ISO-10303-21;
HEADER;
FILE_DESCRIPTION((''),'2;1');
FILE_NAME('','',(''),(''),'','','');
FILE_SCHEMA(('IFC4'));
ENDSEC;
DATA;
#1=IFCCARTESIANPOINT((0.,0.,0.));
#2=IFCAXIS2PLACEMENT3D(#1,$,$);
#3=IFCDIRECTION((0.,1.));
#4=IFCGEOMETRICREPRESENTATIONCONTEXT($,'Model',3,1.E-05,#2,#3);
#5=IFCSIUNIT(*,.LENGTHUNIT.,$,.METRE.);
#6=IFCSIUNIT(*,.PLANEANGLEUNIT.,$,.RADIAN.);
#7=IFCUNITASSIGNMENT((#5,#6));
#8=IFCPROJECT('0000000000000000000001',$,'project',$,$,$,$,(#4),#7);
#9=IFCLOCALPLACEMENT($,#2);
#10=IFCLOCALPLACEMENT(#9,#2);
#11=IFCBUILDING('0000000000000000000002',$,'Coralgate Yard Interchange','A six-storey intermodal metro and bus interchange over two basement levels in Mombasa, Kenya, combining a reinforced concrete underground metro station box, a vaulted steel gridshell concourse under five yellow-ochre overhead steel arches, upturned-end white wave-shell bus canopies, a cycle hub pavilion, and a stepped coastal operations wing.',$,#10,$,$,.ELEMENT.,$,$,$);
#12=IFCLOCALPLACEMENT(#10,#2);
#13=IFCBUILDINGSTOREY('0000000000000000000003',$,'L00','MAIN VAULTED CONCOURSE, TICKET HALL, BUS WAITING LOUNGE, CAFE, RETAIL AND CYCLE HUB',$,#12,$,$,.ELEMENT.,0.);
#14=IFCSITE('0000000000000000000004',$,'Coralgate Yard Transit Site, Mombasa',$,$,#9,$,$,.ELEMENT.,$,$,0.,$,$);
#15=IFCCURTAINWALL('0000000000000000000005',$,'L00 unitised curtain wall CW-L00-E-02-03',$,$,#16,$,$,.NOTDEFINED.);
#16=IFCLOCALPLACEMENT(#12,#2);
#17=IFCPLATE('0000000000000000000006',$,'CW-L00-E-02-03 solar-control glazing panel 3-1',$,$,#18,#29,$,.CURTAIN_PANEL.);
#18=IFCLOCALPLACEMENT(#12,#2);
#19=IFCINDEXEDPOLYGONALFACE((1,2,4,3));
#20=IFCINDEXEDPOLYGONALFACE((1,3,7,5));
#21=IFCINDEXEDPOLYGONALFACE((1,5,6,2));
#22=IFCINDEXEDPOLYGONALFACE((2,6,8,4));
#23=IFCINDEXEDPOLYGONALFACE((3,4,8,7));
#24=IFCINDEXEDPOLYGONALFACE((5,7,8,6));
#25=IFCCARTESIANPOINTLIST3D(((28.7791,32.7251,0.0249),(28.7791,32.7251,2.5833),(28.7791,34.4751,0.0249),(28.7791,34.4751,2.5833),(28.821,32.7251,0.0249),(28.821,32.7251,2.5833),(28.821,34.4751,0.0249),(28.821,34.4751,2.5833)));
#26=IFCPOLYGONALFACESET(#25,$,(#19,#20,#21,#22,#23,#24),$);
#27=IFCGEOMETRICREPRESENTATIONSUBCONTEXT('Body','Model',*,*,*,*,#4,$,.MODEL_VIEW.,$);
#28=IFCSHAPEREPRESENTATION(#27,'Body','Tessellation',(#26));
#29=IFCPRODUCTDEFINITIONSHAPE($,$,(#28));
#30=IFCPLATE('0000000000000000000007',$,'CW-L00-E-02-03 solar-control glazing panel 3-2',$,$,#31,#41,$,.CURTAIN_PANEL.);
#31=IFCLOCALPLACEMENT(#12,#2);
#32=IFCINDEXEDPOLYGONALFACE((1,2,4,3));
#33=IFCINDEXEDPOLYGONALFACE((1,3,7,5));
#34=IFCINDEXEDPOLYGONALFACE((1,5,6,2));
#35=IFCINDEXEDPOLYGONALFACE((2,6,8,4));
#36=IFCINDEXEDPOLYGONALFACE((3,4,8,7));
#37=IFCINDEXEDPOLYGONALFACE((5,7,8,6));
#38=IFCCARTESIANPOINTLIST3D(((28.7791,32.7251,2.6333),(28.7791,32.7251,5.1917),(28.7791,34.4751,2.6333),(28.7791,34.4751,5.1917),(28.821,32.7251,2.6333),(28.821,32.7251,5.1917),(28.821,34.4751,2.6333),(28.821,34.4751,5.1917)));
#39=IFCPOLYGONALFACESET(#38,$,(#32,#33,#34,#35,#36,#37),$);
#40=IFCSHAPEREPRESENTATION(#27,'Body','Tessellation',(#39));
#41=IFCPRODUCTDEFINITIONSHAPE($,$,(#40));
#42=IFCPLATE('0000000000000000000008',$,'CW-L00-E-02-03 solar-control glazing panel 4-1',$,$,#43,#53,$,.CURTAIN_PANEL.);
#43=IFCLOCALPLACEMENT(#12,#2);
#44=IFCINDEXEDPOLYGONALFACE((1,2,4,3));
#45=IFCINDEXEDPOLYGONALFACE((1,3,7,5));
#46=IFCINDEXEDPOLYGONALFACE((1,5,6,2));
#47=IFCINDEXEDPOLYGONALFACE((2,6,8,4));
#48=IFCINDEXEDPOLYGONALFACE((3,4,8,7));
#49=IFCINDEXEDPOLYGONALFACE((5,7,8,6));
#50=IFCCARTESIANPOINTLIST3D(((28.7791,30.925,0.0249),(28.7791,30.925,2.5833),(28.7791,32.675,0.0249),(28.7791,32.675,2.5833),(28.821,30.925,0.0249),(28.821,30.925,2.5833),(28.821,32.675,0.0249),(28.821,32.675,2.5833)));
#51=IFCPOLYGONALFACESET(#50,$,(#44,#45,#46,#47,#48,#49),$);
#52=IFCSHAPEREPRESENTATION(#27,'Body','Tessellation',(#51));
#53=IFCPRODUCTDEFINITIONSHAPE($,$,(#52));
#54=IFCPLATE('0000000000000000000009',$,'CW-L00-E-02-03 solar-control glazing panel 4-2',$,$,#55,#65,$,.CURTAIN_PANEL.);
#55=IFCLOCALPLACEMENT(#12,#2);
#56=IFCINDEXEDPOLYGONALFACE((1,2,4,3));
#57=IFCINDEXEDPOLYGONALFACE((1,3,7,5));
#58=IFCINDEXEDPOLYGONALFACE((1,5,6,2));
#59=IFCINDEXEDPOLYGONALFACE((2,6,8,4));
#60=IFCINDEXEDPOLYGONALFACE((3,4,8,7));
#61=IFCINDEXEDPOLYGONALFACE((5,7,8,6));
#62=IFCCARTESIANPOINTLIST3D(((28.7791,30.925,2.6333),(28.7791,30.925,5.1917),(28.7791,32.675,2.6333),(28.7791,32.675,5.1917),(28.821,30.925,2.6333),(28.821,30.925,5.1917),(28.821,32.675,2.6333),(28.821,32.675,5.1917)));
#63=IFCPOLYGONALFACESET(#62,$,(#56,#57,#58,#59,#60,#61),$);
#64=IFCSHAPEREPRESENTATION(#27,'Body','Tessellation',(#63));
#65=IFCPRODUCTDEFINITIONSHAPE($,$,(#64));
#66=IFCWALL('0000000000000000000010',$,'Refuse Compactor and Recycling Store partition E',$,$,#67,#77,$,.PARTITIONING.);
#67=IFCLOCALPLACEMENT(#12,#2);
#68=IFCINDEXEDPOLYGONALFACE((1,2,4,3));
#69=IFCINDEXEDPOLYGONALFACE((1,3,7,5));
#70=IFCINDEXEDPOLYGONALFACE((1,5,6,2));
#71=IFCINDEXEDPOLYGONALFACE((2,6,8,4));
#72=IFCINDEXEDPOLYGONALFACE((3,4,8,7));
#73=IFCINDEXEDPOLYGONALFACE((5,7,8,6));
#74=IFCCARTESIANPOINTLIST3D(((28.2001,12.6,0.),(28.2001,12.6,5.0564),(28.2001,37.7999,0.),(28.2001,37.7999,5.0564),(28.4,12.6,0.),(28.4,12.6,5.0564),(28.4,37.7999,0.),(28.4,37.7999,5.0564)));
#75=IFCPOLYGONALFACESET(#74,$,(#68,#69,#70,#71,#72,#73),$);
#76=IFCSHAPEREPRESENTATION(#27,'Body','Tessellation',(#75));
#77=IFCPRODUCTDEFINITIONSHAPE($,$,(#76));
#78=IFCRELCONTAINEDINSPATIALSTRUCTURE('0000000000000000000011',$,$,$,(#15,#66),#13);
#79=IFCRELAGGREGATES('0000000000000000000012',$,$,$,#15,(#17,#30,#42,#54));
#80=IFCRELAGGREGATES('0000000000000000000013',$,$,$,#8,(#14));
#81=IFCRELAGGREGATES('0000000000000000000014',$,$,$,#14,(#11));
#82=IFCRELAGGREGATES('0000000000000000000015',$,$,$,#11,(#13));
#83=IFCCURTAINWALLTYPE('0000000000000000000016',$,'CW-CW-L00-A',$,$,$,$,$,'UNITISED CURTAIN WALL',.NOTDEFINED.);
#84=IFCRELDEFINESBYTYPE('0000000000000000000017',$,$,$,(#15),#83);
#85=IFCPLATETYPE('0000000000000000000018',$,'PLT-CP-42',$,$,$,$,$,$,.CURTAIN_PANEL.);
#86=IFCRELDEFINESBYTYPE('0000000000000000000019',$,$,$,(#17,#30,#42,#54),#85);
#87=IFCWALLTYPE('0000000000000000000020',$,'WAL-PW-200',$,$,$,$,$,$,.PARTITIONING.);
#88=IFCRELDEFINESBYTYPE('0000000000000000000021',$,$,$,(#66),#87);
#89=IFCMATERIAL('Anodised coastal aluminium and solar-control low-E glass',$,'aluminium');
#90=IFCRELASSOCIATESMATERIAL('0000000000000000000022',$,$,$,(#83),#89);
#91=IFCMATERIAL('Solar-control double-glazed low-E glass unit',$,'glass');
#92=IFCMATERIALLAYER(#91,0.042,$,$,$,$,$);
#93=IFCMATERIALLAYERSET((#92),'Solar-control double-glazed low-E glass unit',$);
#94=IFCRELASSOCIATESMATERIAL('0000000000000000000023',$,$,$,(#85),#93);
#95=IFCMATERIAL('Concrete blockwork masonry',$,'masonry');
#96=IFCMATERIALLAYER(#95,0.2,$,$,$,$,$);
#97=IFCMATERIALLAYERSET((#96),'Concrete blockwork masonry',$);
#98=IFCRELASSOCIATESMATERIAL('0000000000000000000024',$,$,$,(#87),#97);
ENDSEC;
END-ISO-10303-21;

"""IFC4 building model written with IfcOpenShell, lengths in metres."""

from ifc_helpers import new_model, si_unit, direction, frame, frame_2d, origin, origin_2d, place, context, subcontext, project, spatial, rectangle, extrude, material, layer, layer_set, type_object, element, aggregate, save


model = new_model("IFC4")

# Units and contexts
model_context = context("Model", 3, precision=1e-05, world=origin(), true_north=direction((0.0, 1.0)))
body_context = subcontext(model_context, "Body", "Model", "MODEL_VIEW")
ifc_project = project(units=[si_unit("LENGTHUNIT", "METRE"), si_unit("PLANEANGLEUNIT", "RADIAN")], contexts=[model_context])

# Site, building, storey
site_placement = place(None, origin())
site = spatial("IfcSite", under=ifc_project, at=site_placement, Name="Coralgate Yard Transit Site, Mombasa", CompositionType="ELEMENT", RefElevation=0.0)
building_placement = place(site_placement, origin())
building = spatial("IfcBuilding", under=site, at=building_placement, Name="Coralgate Yard Interchange", Description="A six-storey intermodal metro and bus interchange over two basement levels in Mombasa, Kenya, combining a reinforced concrete underground metro station box, a vaulted steel gridshell concourse under five yellow-ochre overhead steel arches, upturned-end white wave-shell bus canopies, a cycle hub pavilion, and a stepped coastal operations wing.", CompositionType="ELEMENT")
storey_placement = place(building_placement, origin())
storey = spatial("IfcBuildingStorey", under=building, at=storey_placement, Name="L00", Description="MAIN VAULTED CONCOURSE, TICKET HALL, BUS WAITING LOUNGE, CAFE, RETAIL AND CYCLE HUB", CompositionType="ELEMENT", Elevation=0.0)

# Curtain wall, plates
ifc_material_1 = material(Name="Anodised coastal aluminium and solar-control low-E glass", Category="aluminium")
curtain_wall_type = type_object("IfcCurtainWallType", Name="CW-CW-L00-A", ElementType="UNITISED CURTAIN WALL", PredefinedType="NOTDEFINED", material=ifc_material_1)
curtain_wall_placement = place(storey_placement, origin())
curtain_wall = element("IfcCurtainWall", 1, at=curtain_wall_placement, inside=storey, type_object=curtain_wall_type, Name="L00 unitised curtain wall CW-L00-E-02-03", PredefinedType="NOTDEFINED")
ifc_material_2 = material(Name="Solar-control double-glazed low-E glass unit", Category="glass")
ifc_layer_1 = layer(ifc_material_2, 0.042)
ifc_layer_set_1 = layer_set([ifc_layer_1], Name="Solar-control double-glazed low-E glass unit")
plate_type = type_object("IfcPlateType", Name="PLT-CP-42", PredefinedType="CURTAIN_PANEL", material=ifc_layer_set_1)
plate_1_placement = place(storey_placement, frame((28.8, 33.6001, 0.0249), z_axis=(0.0, 0.0, 1.0), x_axis=(0.0, -1.0, 0.0)))
plate_1 = element("IfcPlate", 2, at=plate_1_placement, type_object=plate_type, Name="CW-L00-E-02-03 solar-control glazing panel 3-1", PredefinedType="CURTAIN_PANEL", context=body_context, shape_type="SweptSolid", body=[
    extrude(rectangle(XDim=1.75, YDim=0.042, at=origin_2d()), origin(), (0.0, 0.0, 1.0), 2.5583),
])
plate_2_placement = place(storey_placement, frame((28.8, 33.6001, 2.6333), z_axis=(0.0, 0.0, 1.0), x_axis=(0.0, -1.0, 0.0)))
plate_2 = element("IfcPlate", 3, at=plate_2_placement, type_object=plate_type, Name="CW-L00-E-02-03 solar-control glazing panel 3-2", PredefinedType="CURTAIN_PANEL", context=body_context, shape_type="SweptSolid", body=[
    extrude(rectangle(XDim=1.75, YDim=0.042, at=origin_2d()), origin(), (0.0, 0.0, 1.0), 2.5583),
])
plate_3_placement = place(storey_placement, frame((28.8, 31.8, 0.0249), z_axis=(0.0, 0.0, 1.0), x_axis=(0.0, -1.0, 0.0)))
plate_3 = element("IfcPlate", 4, at=plate_3_placement, type_object=plate_type, Name="CW-L00-E-02-03 solar-control glazing panel 4-1", PredefinedType="CURTAIN_PANEL", context=body_context, shape_type="SweptSolid", body=[
    extrude(rectangle(XDim=1.75, YDim=0.042, at=origin_2d()), origin(), (0.0, 0.0, 1.0), 2.5583),
])
plate_4_placement = place(storey_placement, frame((28.8, 31.8, 2.6333), z_axis=(0.0, 0.0, 1.0), x_axis=(0.0, -1.0, 0.0)))
plate_4 = element("IfcPlate", 5, at=plate_4_placement, type_object=plate_type, Name="CW-L00-E-02-03 solar-control glazing panel 4-2", PredefinedType="CURTAIN_PANEL", context=body_context, shape_type="SweptSolid", body=[
    extrude(rectangle(XDim=1.75, YDim=0.042, at=origin_2d()), origin(), (0.0, 0.0, 1.0), 2.5583),
])
aggregate(curtain_wall, [plate_1, plate_2, plate_3, plate_4])

# Wall
ifc_material_3 = material(Name="Concrete blockwork masonry", Category="masonry")
ifc_layer_2 = layer(ifc_material_3, 0.2)
ifc_layer_set_2 = layer_set([ifc_layer_2], Name="Concrete blockwork masonry")
wall_type = type_object("IfcWallType", Name="WAL-PW-200", PredefinedType="PARTITIONING", material=ifc_layer_set_2)
wall_placement = place(storey_placement, frame((28.3, 37.8, 0.0), z_axis=(0.0, 0.0, 1.0), x_axis=(0.0, -1.0, 0.0)))
element("IfcWall", 6, at=wall_placement, inside=storey, type_object=wall_type, Name="Refuse Compactor and Recycling Store partition E", PredefinedType="PARTITIONING", context=body_context, shape_type="SweptSolid", body=[
    extrude(rectangle(XDim=25.2, YDim=0.2, at=frame_2d((12.6001, 0.0))), origin(), (0.0, 0.0, 1.0), 5.0564),
])

save(model, "model.ifc")
